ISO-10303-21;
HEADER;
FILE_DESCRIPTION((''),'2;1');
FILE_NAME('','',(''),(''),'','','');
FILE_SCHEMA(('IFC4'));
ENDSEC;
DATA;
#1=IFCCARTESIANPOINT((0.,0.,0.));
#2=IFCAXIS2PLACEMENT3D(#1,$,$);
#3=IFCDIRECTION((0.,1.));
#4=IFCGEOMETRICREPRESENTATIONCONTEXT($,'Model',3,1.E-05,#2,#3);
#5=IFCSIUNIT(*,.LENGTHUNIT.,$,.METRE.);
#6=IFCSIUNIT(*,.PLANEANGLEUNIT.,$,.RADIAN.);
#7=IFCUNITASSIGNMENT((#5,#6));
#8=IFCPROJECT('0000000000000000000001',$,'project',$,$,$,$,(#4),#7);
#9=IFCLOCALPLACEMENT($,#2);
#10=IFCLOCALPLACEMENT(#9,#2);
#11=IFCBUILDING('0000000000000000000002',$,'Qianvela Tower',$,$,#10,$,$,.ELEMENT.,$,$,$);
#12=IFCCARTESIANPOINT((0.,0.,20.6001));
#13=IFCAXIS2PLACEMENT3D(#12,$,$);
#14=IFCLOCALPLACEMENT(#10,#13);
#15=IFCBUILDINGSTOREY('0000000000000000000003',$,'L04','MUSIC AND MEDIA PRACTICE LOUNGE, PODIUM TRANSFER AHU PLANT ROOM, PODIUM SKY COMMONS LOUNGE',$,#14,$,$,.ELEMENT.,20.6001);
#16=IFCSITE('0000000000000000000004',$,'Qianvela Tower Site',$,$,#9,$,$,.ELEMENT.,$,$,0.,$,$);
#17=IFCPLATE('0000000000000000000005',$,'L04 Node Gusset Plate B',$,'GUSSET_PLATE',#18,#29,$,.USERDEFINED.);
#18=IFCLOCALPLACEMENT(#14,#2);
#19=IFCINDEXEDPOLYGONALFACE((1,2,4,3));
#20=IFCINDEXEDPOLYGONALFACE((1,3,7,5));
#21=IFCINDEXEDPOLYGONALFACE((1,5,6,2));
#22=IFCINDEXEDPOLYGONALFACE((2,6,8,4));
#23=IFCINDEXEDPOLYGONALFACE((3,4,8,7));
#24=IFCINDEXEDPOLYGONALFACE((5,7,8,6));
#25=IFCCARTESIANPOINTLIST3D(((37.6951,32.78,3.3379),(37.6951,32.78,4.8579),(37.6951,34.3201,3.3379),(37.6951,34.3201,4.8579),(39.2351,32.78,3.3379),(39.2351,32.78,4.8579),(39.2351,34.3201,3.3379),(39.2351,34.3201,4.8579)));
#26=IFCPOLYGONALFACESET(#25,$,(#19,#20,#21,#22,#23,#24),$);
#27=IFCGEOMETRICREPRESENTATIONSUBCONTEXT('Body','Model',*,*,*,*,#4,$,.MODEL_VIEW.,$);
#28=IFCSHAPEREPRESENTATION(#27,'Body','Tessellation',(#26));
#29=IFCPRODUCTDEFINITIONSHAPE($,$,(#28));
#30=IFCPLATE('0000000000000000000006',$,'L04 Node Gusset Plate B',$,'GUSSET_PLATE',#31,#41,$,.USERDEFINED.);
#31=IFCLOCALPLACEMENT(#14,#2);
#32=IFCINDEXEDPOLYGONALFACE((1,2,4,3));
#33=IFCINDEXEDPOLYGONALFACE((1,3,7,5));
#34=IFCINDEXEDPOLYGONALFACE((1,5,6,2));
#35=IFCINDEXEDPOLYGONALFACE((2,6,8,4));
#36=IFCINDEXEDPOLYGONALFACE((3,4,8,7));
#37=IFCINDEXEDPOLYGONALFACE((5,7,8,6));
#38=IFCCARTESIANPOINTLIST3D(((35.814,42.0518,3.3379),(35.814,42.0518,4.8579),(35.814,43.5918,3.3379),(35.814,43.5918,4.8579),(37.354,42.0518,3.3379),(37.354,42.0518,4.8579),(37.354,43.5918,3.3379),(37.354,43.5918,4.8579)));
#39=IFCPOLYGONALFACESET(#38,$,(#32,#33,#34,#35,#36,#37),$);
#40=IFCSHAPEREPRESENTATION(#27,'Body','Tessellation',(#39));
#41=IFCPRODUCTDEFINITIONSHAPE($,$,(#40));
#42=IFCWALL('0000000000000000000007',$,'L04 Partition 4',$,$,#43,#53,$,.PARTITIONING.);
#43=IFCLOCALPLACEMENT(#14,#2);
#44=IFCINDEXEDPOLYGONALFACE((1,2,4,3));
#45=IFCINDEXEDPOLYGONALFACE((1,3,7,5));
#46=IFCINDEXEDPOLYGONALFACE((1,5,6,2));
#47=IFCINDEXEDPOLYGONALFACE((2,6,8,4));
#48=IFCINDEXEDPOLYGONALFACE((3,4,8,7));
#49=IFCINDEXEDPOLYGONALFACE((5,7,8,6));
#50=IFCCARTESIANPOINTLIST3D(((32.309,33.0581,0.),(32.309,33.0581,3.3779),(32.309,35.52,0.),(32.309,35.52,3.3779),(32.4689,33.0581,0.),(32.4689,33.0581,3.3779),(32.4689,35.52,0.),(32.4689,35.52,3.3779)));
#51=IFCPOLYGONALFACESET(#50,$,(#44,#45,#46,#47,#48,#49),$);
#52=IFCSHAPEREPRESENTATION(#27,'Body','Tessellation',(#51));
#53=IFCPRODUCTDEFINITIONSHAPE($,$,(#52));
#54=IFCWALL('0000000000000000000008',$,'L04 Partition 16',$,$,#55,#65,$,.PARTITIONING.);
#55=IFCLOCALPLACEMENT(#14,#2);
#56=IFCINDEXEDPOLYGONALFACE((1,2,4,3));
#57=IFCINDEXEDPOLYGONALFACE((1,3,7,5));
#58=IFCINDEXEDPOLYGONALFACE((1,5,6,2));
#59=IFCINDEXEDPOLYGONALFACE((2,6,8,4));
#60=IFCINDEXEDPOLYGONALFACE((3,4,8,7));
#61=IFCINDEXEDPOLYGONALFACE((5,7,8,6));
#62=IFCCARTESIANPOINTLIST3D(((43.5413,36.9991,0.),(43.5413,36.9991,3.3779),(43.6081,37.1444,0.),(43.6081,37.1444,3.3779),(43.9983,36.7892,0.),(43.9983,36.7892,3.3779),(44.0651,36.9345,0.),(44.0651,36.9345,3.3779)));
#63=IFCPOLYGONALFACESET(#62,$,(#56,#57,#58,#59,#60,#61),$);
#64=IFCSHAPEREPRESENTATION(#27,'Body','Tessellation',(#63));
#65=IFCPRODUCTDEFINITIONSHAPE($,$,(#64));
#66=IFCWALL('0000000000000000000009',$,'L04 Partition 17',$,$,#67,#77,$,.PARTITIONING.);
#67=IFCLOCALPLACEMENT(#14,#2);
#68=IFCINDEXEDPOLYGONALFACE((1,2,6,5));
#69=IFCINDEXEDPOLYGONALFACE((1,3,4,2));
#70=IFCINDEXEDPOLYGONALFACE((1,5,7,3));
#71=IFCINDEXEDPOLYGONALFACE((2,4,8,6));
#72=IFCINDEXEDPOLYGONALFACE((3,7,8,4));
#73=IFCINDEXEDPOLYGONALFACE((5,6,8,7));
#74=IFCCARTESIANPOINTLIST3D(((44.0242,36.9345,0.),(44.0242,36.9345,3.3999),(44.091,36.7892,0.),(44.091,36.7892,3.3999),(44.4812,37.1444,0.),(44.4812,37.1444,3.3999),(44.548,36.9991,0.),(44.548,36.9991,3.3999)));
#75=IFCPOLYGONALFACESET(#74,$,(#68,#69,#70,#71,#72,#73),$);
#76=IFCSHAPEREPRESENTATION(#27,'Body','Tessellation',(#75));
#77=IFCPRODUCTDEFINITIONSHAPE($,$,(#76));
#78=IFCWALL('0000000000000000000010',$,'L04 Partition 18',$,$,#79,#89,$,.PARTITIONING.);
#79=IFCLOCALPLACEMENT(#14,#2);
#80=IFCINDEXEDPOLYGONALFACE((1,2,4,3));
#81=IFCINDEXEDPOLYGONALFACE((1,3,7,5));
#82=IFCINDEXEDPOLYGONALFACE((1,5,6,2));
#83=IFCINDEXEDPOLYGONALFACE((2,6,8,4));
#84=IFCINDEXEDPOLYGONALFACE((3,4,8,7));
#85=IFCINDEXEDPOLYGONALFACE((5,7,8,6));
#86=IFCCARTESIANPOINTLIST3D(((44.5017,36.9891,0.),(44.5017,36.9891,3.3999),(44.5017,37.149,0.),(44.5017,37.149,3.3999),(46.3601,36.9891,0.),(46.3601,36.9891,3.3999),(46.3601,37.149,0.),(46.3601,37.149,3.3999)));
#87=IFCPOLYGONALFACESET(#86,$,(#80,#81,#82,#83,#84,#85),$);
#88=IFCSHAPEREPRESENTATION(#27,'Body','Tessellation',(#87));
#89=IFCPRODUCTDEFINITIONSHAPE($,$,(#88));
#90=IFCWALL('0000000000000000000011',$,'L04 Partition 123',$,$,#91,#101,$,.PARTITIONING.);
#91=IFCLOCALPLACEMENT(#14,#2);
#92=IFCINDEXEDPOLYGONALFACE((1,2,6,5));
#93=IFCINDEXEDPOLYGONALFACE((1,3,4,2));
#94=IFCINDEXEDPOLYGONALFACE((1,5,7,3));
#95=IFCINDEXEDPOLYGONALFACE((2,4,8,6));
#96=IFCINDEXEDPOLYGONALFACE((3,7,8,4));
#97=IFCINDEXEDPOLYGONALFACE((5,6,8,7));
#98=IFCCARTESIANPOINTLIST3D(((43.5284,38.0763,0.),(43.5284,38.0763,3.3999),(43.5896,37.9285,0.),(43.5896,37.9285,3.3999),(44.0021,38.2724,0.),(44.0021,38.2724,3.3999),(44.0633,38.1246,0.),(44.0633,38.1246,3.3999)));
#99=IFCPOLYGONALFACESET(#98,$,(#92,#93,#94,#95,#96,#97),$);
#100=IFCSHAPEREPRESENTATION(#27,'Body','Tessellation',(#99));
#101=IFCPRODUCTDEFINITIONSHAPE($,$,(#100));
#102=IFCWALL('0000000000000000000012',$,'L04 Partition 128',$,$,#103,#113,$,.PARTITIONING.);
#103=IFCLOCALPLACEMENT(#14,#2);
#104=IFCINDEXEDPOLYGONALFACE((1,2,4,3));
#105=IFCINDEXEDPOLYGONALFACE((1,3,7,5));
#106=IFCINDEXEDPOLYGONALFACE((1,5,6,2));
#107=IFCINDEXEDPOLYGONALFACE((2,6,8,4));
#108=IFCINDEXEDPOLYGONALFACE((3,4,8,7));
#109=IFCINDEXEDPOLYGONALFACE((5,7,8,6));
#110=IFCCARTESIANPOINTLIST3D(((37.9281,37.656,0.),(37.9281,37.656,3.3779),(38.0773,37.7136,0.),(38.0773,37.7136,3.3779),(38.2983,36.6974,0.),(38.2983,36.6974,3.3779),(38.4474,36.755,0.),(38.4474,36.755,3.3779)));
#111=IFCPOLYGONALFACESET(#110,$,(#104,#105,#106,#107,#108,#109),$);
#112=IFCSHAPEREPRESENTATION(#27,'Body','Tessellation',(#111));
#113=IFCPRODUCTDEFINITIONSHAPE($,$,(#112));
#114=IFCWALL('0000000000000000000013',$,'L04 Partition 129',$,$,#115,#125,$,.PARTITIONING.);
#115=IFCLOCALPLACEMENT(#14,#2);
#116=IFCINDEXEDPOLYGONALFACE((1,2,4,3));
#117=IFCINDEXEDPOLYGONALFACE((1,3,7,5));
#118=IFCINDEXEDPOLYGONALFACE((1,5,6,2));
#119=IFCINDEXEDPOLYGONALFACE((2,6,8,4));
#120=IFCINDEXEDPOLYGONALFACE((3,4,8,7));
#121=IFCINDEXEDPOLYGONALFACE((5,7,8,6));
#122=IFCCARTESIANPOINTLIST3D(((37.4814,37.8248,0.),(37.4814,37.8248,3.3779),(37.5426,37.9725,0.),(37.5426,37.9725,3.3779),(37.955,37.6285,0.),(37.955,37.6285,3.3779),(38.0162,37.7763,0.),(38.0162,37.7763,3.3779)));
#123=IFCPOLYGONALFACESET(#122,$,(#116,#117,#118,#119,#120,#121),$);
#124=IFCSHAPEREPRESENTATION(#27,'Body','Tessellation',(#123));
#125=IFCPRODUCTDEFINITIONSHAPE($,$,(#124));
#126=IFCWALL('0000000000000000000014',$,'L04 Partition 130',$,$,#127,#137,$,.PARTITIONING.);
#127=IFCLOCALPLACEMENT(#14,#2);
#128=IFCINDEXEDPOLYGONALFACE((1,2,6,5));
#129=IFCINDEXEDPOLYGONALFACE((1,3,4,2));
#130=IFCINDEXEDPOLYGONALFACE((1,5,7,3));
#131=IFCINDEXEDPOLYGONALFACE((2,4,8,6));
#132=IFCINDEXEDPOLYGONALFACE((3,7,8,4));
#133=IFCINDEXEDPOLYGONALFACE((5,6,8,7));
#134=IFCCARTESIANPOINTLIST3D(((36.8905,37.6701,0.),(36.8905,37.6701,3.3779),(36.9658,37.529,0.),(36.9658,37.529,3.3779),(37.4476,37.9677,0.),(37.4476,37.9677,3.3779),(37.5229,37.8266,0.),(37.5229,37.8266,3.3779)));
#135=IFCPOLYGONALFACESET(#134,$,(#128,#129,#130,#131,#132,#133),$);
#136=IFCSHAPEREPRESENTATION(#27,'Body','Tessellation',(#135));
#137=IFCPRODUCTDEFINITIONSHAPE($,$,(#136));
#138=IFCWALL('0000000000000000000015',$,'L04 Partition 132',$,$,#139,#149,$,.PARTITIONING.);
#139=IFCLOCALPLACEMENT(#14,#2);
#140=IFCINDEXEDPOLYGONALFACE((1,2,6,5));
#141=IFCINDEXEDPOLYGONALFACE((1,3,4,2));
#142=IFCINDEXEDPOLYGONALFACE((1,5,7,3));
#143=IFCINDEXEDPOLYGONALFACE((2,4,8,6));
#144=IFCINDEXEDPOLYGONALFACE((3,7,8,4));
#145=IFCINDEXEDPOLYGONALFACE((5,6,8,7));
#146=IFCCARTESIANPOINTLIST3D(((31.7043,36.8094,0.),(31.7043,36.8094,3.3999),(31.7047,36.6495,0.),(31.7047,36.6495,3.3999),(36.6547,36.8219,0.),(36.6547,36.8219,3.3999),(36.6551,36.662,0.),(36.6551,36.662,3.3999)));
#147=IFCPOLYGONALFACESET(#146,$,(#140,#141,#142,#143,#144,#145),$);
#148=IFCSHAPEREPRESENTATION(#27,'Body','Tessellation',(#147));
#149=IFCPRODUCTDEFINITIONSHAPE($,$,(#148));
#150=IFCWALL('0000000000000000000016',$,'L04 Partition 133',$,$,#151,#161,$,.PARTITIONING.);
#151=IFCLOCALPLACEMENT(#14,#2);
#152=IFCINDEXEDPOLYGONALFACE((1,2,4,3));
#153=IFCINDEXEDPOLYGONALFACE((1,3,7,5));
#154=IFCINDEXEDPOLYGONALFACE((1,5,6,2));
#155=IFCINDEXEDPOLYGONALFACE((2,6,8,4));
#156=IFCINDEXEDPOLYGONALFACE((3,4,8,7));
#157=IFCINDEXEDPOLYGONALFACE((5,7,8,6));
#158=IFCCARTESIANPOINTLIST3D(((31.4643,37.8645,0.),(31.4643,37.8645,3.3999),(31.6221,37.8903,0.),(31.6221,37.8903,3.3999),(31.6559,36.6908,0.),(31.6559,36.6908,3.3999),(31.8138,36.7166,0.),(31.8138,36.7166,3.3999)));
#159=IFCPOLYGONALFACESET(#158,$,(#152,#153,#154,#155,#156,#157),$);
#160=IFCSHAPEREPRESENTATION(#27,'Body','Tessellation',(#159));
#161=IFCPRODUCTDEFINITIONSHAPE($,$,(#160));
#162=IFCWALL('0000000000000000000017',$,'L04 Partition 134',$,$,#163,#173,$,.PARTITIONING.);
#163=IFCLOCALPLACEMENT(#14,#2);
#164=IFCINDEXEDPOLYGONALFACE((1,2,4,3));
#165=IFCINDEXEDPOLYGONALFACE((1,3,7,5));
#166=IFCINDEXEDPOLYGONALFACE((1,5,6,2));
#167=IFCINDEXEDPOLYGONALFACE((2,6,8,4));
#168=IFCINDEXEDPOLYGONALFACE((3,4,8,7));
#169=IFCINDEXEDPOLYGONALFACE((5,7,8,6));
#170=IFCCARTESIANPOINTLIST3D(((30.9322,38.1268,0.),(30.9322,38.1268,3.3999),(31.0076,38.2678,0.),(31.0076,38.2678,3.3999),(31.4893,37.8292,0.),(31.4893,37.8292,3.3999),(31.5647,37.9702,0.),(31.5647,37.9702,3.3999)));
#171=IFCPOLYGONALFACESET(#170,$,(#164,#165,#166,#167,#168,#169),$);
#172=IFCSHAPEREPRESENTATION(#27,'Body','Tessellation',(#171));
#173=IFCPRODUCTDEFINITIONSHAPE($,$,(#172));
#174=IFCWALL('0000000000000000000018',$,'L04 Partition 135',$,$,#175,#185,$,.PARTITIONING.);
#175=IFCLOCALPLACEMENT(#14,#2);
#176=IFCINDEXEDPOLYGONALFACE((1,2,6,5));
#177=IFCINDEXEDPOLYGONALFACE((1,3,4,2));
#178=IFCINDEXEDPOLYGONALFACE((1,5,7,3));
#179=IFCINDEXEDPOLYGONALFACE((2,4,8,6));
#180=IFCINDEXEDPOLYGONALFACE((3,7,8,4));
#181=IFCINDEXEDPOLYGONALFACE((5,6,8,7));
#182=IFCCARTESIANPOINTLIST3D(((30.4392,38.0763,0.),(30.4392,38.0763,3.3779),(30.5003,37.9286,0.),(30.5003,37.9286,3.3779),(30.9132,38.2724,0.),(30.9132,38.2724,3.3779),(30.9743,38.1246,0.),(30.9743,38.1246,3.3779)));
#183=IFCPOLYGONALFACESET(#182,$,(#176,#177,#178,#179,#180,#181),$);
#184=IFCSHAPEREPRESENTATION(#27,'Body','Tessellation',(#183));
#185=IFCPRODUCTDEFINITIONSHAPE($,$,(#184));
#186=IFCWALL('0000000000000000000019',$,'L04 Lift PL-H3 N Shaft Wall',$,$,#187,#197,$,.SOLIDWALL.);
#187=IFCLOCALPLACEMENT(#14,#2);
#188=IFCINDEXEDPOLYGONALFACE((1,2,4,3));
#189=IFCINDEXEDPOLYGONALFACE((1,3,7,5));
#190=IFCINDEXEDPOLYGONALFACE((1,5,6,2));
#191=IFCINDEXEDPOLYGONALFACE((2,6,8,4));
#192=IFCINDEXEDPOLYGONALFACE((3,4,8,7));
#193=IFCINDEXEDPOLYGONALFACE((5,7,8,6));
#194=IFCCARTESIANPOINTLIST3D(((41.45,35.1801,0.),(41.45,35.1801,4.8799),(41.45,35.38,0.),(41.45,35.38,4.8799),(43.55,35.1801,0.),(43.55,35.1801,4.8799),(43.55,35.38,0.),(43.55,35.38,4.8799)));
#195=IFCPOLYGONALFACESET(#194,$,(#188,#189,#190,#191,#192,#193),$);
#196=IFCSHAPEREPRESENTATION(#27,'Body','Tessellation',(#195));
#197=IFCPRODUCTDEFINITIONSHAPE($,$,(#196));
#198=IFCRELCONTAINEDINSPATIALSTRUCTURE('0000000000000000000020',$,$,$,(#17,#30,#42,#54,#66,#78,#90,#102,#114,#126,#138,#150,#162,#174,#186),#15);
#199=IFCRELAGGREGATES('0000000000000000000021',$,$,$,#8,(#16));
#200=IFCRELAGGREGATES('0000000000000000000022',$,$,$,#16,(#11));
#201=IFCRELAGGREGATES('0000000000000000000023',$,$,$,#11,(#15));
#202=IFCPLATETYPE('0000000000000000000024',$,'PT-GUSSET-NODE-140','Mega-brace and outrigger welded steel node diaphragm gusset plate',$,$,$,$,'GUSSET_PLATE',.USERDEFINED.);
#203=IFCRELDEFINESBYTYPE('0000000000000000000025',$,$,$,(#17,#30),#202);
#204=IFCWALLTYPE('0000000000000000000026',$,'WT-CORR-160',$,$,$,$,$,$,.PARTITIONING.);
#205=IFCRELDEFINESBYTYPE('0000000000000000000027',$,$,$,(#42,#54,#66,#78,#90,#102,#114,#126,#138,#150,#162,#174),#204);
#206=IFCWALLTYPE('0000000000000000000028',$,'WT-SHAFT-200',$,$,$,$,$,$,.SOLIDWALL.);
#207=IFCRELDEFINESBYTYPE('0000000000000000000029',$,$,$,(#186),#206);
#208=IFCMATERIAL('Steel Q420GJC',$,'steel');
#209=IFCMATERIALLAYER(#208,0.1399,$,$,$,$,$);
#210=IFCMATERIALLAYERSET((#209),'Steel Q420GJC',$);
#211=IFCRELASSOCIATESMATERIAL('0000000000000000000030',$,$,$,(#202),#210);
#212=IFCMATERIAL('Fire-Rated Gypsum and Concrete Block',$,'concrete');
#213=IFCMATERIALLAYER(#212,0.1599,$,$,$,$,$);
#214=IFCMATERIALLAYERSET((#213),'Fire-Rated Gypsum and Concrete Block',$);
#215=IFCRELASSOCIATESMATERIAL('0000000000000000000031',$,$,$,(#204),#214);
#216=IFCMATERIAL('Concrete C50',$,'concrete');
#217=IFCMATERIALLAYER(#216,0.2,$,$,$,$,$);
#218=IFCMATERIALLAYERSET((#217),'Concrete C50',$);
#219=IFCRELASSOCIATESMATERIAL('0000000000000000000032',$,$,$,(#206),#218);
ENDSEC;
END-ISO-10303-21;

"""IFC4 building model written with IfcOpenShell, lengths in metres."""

from ifc_helpers import new_model, si_unit, direction, frame, frame_2d, origin, origin_2d, place, context, subcontext, project, spatial, rectangle, extrude, material, layer, layer_set, type_object, element, save


model = new_model("IFC4")

# Units and contexts
model_context = context("Model", 3, precision=1e-05, world=origin(), true_north=direction((0.0, 1.0)))
body_context = subcontext(model_context, "Body", "Model", "MODEL_VIEW")
ifc_project = project(units=[si_unit("LENGTHUNIT", "METRE"), si_unit("PLANEANGLEUNIT", "RADIAN")], contexts=[model_context])

# Site, building, storey
site_placement = place(None, origin())
site = spatial("IfcSite", under=ifc_project, at=site_placement, Name="Qianvela Tower Site", CompositionType="ELEMENT", RefElevation=0.0)
building_placement = place(site_placement, origin())
building = spatial("IfcBuilding", under=site, at=building_placement, Name="Qianvela Tower", CompositionType="ELEMENT")
storey_placement = place(building_placement, frame((0.0, 0.0, 20.6001)))
storey = spatial("IfcBuildingStorey", under=building, at=storey_placement, Name="L04", Description="MUSIC AND MEDIA PRACTICE LOUNGE, PODIUM TRANSFER AHU PLANT ROOM, PODIUM SKY COMMONS LOUNGE", CompositionType="ELEMENT", Elevation=20.6001)

# Plates
ifc_material_1 = material(Name="Steel Q420GJC", Category="steel")
ifc_layer_1 = layer(ifc_material_1, 0.1399)
ifc_layer_set_1 = layer_set([ifc_layer_1], Name="Steel Q420GJC")
plate_type_1 = type_object("IfcPlateType", Name="PT-GUSSET-NODE-140", Description="Mega-brace and outrigger welded steel node diaphragm gusset plate", ElementType="GUSSET_PLATE", PredefinedType="USERDEFINED", material=ifc_layer_set_1)
for number, where, z_axis, x_axis, name in (
    (1, (38.4651, 33.55, 3.3379), (0.0, 0.0, 1.0), (1.0, 0.0, 0.0), "L04 Node Gusset Plate B"),
    (2, (36.584, 42.8218, 3.3379), (0.0, 0.0, 1.0), (1.0, 0.0, 0.0), "L04 Node Gusset Plate B"),
):
    element("IfcPlate", number, at=place(storey_placement, frame(where, z_axis=z_axis, x_axis=x_axis)), inside=storey, type_object=plate_type_1, Name=name, ObjectType="GUSSET_PLATE", PredefinedType="USERDEFINED", context=body_context, shape_type="SweptSolid", body=[
        extrude(rectangle(XDim=1.54, YDim=1.54, at=origin_2d()), origin(), (0.0, 0.0, 1.0), 1.52),
    ])

# Wall
ifc_material_2 = material(Name="Fire-Rated Gypsum and Concrete Block", Category="concrete")
ifc_layer_2 = layer(ifc_material_2, 0.1599)
ifc_layer_set_2 = layer_set([ifc_layer_2], Name="Fire-Rated Gypsum and Concrete Block")
wall_type_1 = type_object("IfcWallType", Name="WT-CORR-160", PredefinedType="PARTITIONING", material=ifc_layer_set_2)
wall_1_placement = place(storey_placement, frame((32.3889, 35.52, 0.0), z_axis=(0.0, 0.0, 1.0), x_axis=(0.0, -1.0, 0.0)))
element("IfcWall", 3, at=wall_1_placement, inside=storey, type_object=wall_type_1, Name="L04 Partition 4", PredefinedType="PARTITIONING", context=body_context, shape_type="SweptSolid", body=[
    extrude(rectangle(XDim=2.4619, YDim=0.1599, at=frame_2d((1.231, 0.0))), origin(), (0.0, 0.0, 1.0), 3.3779),
])

# Walls
wall_2_placement = place(storey_placement, frame((43.5747, 37.0718, 0.0), z_axis=(0.0, 0.0, 1.0), x_axis=(0.908697, -0.417457, 0.0)))
element("IfcWall", 4, at=wall_2_placement, inside=storey, type_object=wall_type_1, Name="L04 Partition 16", PredefinedType="PARTITIONING", context=body_context, shape_type="SweptSolid", body=[
    extrude(rectangle(XDim=0.5029, YDim=0.1599, at=frame_2d((0.2515, 0.0))), origin(), (0.0, 0.0, 1.0), 3.3779),
])
wall_3_placement = place(storey_placement, frame((44.0576, 36.8618, 0.0), z_axis=(0.0, 0.0, 1.0), x_axis=(0.908697, 0.417457, 0.0)))
element("IfcWall", 5, at=wall_3_placement, inside=storey, type_object=wall_type_1, Name="L04 Partition 17", PredefinedType="PARTITIONING", context=body_context, shape_type="SweptSolid", body=[
    extrude(rectangle(XDim=0.5029, YDim=0.1599, at=frame_2d((0.2515, 0.0))), origin(), (0.0, 0.0, 1.0), 3.3999),
])
wall_4_placement = place(storey_placement, frame((44.5017, 37.0691, 0.0), z_axis=(0.0, 0.0, 1.0), x_axis=(1.0, 0.0, 0.0)))
element("IfcWall", 6, at=wall_4_placement, inside=storey, type_object=wall_type_1, Name="L04 Partition 18", PredefinedType="PARTITIONING", context=body_context, shape_type="SweptSolid", body=[
    extrude(rectangle(XDim=1.8584, YDim=0.1599, at=frame_2d((0.9292, 0.0))), origin(), (0.0, 0.0, 1.0), 3.3999),
])
wall_5_placement = place(storey_placement, frame((44.0327, 38.1985, 0.0), z_axis=(0.0, 0.0, 1.0), x_axis=(-0.923976, -0.38245, 0.0)))
element("IfcWall", 7, at=wall_5_placement, inside=storey, type_object=wall_type_1, Name="L04 Partition 123", PredefinedType="PARTITIONING", context=body_context, shape_type="SweptSolid", body=[
    extrude(rectangle(XDim=0.5127, YDim=0.1599, at=frame_2d((0.2563, 0.0))), origin(), (0.0, 0.0, 1.0), 3.3999),
])
wall_6_placement = place(storey_placement, frame((38.3728, 36.7263, 0.0), z_axis=(0.0, 0.0, 1.0), x_axis=(-0.360221, 0.932867, 0.0)))
element("IfcWall", 8, at=wall_6_placement, inside=storey, type_object=wall_type_1, Name="L04 Partition 128", PredefinedType="PARTITIONING", context=body_context, shape_type="SweptSolid", body=[
    extrude(rectangle(XDim=1.0276, YDim=0.1599, at=frame_2d((0.5137, 0.0))), origin(), (0.0, 0.0, 1.0), 3.3779),
])
wall_7_placement = place(storey_placement, frame((37.9856, 37.7024, 0.0), z_axis=(0.0, 0.0, 1.0), x_axis=(-0.923808, 0.382856, 0.0)))
element("IfcWall", 9, at=wall_7_placement, inside=storey, type_object=wall_type_1, Name="L04 Partition 129", PredefinedType="PARTITIONING", context=body_context, shape_type="SweptSolid", body=[
    extrude(rectangle(XDim=0.5127, YDim=0.1599, at=frame_2d((0.2563, 0.0))), origin(), (0.0, 0.0, 1.0), 3.3779),
])
wall_8_placement = place(storey_placement, frame((37.4854, 37.8972, 0.0), z_axis=(0.0, 0.0, 1.0), x_axis=(-0.882042, -0.47117, 0.0)))
element("IfcWall", 10, at=wall_8_placement, inside=storey, type_object=wall_type_1, Name="L04 Partition 130", PredefinedType="PARTITIONING", context=body_context, shape_type="SweptSolid", body=[
    extrude(rectangle(XDim=0.6316, YDim=0.1599, at=frame_2d((0.3159, 0.0))), origin(), (0.0, 0.0, 1.0), 3.3779),
])
wall_9_placement = place(storey_placement, frame((36.6548, 36.7419, 0.0), z_axis=(0.0, 0.0, 1.0), x_axis=(-0.999997, -0.002515, 0.0)))
element("IfcWall", 11, at=wall_9_placement, inside=storey, type_object=wall_type_1, Name="L04 Partition 132", PredefinedType="PARTITIONING", context=body_context, shape_type="SweptSolid", body=[
    extrude(rectangle(XDim=4.9504, YDim=0.1599, at=frame_2d((2.4751, 0.0))), origin(), (0.0, 0.0, 1.0), 3.3999),
])
wall_10_placement = place(storey_placement, frame((31.7349, 36.7036, 0.0), z_axis=(0.0, 0.0, 1.0), x_axis=(-0.161169, 0.986927, 0.0)))
element("IfcWall", 12, at=wall_10_placement, inside=storey, type_object=wall_type_1, Name="L04 Partition 133", PredefinedType="PARTITIONING", context=body_context, shape_type="SweptSolid", body=[
    extrude(rectangle(XDim=1.1892, YDim=0.1599, at=frame_2d((0.5947, 0.0))), origin(), (0.0, 0.0, 1.0), 3.3999),
])
wall_11_placement = place(storey_placement, frame((31.5271, 37.8997, 0.0), z_axis=(0.0, 0.0, 1.0), x_axis=(-0.882042, 0.47117, 0.0)))
element("IfcWall", 13, at=wall_11_placement, inside=storey, type_object=wall_type_1, Name="L04 Partition 134", PredefinedType="PARTITIONING", context=body_context, shape_type="SweptSolid", body=[
    extrude(rectangle(XDim=0.6316, YDim=0.1599, at=frame_2d((0.3159, 0.0))), origin(), (0.0, 0.0, 1.0), 3.3999),
])
wall_12_placement = place(storey_placement, frame((30.9436, 38.1985, 0.0), z_axis=(0.0, 0.0, 1.0), x_axis=(-0.924046, -0.382282, 0.0)))
element("IfcWall", 14, at=wall_12_placement, inside=storey, type_object=wall_type_1, Name="L04 Partition 135", PredefinedType="PARTITIONING", context=body_context, shape_type="SweptSolid", body=[
    extrude(rectangle(XDim=0.5129, YDim=0.1599, at=frame_2d((0.2563, 0.0))), origin(), (0.0, 0.0, 1.0), 3.3779),
])
ifc_material_3 = material(Name="Concrete C50", Category="concrete")
ifc_layer_3 = layer(ifc_material_3, 0.2)
ifc_layer_set_3 = layer_set([ifc_layer_3], Name="Concrete C50")
wall_type_2 = type_object("IfcWallType", Name="WT-SHAFT-200", PredefinedType="SOLIDWALL", material=ifc_layer_set_3)
wall_13_placement = place(storey_placement, frame((41.45, 35.28, 0.0), z_axis=(0.0, 0.0, 1.0), x_axis=(1.0, 0.0, 0.0)))
element("IfcWall", 15, at=wall_13_placement, inside=storey, type_object=wall_type_2, Name="L04 Lift PL-H3 N Shaft Wall", PredefinedType="SOLIDWALL", context=body_context, shape_type="SweptSolid", body=[
    extrude(rectangle(XDim=2.1001, YDim=0.2, at=frame_2d((1.05, 0.0))), origin(), (0.0, 0.0, 1.0), 4.8799),
])

save(model, "model.ifc")
